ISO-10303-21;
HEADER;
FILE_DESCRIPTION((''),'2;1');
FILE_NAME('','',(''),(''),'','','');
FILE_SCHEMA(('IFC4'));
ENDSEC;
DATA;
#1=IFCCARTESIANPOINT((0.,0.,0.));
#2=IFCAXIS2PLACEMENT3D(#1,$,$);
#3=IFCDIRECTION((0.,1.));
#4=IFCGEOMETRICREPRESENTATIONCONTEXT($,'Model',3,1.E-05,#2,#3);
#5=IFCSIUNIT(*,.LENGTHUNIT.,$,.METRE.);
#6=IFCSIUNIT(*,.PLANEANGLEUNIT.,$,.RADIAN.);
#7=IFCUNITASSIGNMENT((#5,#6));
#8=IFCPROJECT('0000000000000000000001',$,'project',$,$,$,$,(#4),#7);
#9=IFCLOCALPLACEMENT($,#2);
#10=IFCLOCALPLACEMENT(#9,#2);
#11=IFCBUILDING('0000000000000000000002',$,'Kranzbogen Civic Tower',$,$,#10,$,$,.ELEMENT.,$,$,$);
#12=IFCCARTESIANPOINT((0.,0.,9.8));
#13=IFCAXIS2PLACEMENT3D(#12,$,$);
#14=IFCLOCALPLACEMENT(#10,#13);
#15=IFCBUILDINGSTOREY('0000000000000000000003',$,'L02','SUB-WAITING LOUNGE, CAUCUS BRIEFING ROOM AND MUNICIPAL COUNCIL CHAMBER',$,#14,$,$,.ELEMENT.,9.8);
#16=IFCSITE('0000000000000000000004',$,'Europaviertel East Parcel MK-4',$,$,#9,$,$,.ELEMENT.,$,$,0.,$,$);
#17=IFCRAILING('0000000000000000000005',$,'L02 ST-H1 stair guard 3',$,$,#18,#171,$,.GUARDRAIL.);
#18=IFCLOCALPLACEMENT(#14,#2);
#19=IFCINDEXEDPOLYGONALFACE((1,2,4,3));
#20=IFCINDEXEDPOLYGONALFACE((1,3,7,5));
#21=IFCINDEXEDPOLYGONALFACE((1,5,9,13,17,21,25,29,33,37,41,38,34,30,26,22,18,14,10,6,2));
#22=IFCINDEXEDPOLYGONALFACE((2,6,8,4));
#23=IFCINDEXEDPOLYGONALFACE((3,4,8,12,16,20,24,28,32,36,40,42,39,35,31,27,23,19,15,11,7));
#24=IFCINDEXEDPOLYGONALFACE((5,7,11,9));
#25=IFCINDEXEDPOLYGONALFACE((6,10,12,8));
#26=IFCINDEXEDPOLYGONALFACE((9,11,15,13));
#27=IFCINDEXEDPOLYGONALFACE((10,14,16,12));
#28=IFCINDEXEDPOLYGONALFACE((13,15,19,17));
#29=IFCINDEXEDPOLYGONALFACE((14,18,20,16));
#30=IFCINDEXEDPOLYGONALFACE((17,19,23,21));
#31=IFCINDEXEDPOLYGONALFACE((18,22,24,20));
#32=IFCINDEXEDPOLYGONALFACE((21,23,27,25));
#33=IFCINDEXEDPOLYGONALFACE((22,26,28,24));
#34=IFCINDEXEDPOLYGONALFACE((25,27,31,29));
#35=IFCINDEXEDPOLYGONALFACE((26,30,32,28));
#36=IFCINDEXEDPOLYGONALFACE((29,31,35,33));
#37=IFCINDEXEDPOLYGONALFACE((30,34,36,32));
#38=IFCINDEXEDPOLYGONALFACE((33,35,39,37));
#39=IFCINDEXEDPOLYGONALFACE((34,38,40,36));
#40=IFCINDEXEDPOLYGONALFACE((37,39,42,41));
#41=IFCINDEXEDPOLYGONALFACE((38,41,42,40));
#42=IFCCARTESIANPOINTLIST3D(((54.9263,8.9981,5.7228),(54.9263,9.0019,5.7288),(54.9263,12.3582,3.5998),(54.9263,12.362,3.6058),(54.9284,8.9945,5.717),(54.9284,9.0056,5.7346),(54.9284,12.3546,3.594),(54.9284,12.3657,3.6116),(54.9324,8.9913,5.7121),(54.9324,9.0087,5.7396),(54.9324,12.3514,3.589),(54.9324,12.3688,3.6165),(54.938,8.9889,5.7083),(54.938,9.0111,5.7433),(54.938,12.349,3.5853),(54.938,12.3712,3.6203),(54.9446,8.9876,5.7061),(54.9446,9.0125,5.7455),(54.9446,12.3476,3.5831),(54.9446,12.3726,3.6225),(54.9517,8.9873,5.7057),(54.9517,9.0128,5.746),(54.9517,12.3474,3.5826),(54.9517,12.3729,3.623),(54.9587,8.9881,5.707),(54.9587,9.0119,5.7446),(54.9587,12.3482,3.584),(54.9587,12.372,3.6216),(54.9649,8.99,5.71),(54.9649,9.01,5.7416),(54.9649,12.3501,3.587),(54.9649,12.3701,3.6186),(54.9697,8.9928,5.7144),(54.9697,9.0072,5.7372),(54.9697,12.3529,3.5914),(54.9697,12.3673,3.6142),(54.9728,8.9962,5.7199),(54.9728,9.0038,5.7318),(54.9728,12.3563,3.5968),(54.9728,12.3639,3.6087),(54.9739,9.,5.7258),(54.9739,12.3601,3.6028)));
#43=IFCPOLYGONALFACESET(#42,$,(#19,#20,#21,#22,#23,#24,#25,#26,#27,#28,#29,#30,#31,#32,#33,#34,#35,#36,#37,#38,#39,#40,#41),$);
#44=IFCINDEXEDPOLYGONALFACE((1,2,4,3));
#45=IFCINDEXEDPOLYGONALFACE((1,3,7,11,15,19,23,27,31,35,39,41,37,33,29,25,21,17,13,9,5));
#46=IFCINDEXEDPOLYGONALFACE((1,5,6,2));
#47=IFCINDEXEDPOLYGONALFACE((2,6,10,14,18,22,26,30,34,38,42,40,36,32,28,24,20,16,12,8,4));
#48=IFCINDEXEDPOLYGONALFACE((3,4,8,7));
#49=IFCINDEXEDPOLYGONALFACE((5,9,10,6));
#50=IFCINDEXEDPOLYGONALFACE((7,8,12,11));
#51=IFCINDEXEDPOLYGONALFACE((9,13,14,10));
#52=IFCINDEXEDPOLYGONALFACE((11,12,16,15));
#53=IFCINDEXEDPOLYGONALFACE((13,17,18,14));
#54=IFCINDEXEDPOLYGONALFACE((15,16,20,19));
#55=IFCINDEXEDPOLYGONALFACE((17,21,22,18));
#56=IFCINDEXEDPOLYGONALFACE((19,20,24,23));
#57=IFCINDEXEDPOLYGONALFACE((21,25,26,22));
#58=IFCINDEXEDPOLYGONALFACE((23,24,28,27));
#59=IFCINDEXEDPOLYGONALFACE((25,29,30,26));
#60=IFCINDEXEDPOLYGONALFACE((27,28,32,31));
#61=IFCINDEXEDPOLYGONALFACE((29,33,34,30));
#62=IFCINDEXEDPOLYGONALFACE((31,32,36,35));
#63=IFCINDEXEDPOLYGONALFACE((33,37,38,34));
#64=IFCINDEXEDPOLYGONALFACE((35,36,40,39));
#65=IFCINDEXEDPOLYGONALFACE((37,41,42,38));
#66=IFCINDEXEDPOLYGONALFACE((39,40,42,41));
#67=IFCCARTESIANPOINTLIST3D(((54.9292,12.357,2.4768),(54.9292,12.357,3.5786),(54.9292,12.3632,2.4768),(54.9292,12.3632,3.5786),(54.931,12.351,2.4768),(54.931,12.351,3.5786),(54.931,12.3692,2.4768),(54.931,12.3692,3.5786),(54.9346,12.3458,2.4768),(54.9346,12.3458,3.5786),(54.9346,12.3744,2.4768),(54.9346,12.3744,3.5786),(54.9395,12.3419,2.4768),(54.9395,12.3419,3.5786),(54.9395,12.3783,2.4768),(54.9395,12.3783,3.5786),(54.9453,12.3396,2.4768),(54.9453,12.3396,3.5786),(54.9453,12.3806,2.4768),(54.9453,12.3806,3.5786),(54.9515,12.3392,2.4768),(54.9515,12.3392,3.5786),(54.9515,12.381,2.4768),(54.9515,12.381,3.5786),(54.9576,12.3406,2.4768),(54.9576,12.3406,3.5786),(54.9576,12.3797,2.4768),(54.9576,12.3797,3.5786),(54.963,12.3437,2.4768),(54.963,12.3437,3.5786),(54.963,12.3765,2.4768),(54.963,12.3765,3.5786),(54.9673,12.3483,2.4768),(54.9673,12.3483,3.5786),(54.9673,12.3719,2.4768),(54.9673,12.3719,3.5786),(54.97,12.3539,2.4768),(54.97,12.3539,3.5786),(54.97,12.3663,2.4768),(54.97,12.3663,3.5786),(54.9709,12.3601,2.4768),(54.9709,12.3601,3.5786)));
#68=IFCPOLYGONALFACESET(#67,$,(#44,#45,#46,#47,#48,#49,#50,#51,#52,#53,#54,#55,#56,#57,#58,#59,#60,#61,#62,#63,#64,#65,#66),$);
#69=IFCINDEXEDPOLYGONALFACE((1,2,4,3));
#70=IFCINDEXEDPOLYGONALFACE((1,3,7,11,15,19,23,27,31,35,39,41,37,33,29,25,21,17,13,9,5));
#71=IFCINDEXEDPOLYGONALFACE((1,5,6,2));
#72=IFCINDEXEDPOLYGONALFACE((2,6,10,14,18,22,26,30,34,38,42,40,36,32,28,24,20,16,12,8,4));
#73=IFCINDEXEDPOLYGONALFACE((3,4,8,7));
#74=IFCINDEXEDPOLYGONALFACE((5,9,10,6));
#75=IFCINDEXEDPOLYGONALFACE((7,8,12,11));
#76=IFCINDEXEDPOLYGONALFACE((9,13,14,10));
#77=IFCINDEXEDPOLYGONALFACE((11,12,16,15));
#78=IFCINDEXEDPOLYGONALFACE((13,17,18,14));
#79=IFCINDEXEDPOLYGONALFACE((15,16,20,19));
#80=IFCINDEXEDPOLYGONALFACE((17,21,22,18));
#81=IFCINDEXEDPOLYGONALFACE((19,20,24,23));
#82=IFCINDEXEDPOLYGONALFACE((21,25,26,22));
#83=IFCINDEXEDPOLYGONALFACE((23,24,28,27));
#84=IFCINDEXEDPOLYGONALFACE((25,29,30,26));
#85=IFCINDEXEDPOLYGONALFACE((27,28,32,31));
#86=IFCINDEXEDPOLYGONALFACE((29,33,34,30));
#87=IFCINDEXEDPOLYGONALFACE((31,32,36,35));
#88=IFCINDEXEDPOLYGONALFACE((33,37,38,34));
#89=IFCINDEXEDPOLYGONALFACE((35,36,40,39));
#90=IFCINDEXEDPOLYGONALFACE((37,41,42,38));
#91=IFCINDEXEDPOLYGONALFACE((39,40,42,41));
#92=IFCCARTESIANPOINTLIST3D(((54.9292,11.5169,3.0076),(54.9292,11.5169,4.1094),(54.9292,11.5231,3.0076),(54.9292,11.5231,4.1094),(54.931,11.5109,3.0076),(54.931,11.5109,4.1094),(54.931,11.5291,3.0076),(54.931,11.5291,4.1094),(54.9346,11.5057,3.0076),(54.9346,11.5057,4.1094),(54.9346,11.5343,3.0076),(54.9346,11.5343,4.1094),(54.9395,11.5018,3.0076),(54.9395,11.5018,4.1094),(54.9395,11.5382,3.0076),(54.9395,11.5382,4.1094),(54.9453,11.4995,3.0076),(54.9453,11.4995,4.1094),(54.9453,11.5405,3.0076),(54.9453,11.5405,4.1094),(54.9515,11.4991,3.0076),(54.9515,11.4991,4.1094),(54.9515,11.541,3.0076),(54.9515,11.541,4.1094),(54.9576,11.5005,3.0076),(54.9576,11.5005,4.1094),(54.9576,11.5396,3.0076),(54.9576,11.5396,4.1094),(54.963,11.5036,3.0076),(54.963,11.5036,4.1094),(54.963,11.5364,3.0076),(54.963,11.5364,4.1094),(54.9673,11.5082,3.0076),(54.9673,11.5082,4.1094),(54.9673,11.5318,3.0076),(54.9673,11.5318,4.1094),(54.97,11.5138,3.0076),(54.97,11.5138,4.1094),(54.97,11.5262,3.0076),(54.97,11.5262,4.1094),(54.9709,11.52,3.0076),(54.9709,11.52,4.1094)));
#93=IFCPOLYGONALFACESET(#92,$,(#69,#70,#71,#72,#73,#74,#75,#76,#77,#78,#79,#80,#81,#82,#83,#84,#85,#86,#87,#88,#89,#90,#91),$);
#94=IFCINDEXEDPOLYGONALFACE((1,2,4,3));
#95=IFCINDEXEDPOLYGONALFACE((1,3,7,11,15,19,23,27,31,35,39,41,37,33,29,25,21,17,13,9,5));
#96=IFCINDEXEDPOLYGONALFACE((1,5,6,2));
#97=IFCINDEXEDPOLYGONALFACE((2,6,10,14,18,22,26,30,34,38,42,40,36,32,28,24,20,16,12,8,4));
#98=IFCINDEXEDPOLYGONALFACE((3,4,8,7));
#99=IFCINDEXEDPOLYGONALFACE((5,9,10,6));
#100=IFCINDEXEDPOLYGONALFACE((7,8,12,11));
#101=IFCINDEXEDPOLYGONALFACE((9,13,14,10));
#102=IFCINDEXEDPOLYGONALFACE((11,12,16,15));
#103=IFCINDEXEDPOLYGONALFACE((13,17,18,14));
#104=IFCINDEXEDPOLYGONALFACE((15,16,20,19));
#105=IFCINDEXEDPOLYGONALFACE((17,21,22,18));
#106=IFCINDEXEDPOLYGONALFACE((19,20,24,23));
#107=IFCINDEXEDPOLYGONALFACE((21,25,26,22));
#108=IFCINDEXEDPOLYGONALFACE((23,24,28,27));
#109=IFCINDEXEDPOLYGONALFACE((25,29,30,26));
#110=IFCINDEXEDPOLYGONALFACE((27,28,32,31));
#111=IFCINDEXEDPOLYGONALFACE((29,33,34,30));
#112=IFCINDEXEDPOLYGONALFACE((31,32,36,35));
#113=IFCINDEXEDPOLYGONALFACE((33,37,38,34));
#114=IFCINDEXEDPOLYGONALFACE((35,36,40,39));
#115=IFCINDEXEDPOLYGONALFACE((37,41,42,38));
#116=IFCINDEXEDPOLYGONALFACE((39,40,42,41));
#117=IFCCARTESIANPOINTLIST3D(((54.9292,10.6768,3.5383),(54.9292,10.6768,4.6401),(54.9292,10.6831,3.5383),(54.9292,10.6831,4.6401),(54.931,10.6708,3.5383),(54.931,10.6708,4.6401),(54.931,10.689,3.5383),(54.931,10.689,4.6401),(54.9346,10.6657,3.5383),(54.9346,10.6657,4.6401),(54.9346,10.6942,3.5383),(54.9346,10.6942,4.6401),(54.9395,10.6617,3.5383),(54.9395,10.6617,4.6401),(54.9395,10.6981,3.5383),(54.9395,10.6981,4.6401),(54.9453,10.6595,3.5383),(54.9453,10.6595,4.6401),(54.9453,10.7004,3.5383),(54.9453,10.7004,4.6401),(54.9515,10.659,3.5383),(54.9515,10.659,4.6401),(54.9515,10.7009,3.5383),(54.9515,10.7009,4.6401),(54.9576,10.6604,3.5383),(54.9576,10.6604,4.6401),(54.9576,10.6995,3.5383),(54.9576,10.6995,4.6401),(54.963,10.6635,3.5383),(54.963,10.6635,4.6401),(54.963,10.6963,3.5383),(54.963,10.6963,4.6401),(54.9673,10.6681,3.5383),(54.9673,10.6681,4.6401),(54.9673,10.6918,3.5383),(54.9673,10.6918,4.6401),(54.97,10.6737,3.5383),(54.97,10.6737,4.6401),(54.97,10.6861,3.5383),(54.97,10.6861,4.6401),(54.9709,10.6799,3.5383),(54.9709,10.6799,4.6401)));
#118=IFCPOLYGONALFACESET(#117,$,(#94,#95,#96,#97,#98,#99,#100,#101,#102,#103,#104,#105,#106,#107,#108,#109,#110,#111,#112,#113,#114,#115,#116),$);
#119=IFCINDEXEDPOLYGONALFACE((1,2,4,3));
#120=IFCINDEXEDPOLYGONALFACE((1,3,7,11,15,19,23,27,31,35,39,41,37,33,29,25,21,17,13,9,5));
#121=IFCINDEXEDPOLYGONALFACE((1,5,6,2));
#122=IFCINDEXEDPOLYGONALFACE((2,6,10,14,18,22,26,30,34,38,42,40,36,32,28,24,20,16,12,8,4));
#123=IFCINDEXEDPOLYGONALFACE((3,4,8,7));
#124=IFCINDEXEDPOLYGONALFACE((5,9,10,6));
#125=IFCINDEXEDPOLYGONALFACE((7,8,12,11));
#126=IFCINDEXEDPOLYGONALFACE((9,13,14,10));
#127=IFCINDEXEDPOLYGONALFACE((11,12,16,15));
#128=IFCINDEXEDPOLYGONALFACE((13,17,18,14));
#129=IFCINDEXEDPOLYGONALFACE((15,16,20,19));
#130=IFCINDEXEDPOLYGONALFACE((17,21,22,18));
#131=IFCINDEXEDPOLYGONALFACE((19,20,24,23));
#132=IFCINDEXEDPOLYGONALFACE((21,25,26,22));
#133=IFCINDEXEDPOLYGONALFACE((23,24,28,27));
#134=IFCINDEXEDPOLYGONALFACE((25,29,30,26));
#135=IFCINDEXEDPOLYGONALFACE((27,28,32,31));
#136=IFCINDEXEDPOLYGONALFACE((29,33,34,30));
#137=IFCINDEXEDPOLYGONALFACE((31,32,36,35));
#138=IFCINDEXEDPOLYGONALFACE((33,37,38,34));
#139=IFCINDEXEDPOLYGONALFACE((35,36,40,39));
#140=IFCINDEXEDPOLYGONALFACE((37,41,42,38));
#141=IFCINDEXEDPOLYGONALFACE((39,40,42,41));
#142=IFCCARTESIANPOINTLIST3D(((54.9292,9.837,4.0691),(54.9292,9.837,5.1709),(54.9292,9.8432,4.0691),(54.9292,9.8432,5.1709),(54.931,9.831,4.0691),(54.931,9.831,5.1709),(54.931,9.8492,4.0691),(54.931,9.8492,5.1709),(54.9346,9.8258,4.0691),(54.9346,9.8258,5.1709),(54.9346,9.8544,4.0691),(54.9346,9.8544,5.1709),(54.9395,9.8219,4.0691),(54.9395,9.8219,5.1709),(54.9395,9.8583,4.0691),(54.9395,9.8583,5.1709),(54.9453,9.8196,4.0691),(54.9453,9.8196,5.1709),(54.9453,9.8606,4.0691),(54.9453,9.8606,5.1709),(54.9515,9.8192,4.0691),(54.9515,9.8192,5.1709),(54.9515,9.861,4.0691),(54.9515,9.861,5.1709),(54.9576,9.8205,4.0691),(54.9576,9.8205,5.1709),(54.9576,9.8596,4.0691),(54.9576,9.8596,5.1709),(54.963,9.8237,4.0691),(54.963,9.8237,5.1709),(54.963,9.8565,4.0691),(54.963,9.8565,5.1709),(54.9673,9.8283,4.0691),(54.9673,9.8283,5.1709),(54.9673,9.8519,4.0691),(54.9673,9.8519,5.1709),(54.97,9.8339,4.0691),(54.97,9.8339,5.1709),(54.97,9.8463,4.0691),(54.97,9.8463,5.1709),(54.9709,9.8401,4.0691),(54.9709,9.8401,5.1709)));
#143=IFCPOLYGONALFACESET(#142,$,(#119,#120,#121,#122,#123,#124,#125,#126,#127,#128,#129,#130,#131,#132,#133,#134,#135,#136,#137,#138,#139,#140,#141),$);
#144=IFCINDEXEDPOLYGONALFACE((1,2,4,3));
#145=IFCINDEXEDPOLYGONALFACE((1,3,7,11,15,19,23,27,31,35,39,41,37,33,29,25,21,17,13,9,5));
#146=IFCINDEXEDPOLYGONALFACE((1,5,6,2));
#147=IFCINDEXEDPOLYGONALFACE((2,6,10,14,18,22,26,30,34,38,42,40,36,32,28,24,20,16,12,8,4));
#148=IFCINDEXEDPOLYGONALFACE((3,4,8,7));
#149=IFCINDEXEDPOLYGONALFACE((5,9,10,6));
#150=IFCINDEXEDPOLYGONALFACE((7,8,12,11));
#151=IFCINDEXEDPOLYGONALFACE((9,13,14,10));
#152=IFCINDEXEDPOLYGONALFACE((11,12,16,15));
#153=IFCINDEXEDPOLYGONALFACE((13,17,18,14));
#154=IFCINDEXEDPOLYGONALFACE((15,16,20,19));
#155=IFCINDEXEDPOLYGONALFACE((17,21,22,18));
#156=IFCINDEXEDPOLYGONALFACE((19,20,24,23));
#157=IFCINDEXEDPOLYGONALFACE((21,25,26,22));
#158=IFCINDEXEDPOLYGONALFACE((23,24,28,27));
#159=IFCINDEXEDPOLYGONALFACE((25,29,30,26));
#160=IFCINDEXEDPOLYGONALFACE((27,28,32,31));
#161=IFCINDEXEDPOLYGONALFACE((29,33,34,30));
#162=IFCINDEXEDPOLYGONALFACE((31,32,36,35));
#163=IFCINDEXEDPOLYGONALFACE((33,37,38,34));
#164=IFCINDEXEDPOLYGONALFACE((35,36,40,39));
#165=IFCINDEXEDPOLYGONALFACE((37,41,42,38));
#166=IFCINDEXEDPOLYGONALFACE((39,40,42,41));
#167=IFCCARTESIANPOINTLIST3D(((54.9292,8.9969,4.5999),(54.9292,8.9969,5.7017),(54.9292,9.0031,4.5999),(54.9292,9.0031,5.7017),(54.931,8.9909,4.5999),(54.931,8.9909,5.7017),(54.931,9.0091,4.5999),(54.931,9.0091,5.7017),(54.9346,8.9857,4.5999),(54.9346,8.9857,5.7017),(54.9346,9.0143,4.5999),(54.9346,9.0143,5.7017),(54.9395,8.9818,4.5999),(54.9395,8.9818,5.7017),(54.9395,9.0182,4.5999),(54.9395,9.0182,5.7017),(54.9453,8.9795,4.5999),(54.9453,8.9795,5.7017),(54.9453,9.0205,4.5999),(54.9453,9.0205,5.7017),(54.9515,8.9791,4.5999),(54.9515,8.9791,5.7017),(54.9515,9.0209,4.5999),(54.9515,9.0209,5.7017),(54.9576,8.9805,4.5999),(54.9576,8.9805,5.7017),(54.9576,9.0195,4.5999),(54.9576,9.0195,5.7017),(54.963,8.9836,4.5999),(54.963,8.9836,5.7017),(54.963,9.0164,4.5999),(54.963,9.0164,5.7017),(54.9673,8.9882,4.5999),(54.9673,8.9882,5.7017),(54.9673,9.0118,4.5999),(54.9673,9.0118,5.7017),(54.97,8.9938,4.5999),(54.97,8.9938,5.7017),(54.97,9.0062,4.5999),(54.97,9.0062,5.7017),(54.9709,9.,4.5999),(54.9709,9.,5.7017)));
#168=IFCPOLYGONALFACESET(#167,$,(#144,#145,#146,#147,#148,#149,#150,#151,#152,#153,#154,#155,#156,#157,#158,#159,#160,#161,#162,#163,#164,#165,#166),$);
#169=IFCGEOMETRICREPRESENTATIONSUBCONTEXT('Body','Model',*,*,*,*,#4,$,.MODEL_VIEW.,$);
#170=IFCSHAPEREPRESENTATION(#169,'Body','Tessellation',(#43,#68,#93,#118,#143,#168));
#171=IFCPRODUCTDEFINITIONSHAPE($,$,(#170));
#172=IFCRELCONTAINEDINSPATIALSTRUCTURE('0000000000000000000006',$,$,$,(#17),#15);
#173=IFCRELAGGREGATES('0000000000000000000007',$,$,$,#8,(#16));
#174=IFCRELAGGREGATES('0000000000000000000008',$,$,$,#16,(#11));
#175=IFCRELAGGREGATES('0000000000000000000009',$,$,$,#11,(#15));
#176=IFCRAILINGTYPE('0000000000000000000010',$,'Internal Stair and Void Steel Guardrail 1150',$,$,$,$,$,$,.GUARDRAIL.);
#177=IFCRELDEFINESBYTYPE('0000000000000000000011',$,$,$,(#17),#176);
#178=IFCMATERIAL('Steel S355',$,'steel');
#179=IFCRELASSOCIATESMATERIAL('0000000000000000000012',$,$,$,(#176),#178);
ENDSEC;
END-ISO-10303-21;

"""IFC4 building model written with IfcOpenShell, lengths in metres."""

from ifc_helpers import new_model, si_unit, direction, frame, origin, origin_2d, place, context, subcontext, project, spatial, circle, extrude, material, type_object, element, save


model = new_model("IFC4")

# Units and contexts
model_context = context("Model", 3, precision=1e-05, world=origin(), true_north=direction((0.0, 1.0)))
body_context = subcontext(model_context, "Body", "Model", "MODEL_VIEW")
ifc_project = project(units=[si_unit("LENGTHUNIT", "METRE"), si_unit("PLANEANGLEUNIT", "RADIAN")], contexts=[model_context])

# Site, building, storey
site_placement = place(None, origin())
site = spatial("IfcSite", under=ifc_project, at=site_placement, Name="Europaviertel East Parcel MK-4", CompositionType="ELEMENT", RefElevation=0.0)
building_placement = place(site_placement, origin())
building = spatial("IfcBuilding", under=site, at=building_placement, Name="Kranzbogen Civic Tower", CompositionType="ELEMENT")
storey_placement = place(building_placement, frame((0.0, 0.0, 9.8)))
storey = spatial("IfcBuildingStorey", under=building, at=storey_placement, Name="L02", Description="SUB-WAITING LOUNGE, CAUCUS BRIEFING ROOM AND MUNICIPAL COUNCIL CHAMBER", CompositionType="ELEMENT", Elevation=9.8)

# Shared definitions
ifc_material_1 = material(Name="Steel S355", Category="steel")

# Railing
railing_type_1 = type_object("IfcRailingType", Name="Internal Stair and Void Steel Guardrail 1150", PredefinedType="GUARDRAIL", material=ifc_material_1)
railing_1_placement = place(storey_placement, frame((54.95, 12.3601, 2.4768)))
element("IfcRailing", 1, at=railing_1_placement, inside=storey, type_object=railing_type_1, Name="L02 ST-H1 stair guard 3", PredefinedType="GUARDRAIL", context=body_context, shape_type="SweptSolid", body=[
    extrude(circle(Radius=0.0239, at=origin_2d()), frame((0.0, 0.0, 1.126), z_axis=(0.0, -0.84539, 0.53415), x_axis=(1.0, 0.0, 0.0)), (0.0, 0.0, 1.0), 3.9746),
    extrude(circle(Radius=0.021, at=origin_2d()), origin(), (0.0, 0.0, 1.0), 1.1018),
    extrude(circle(Radius=0.021, at=origin_2d()), frame((0.0, -0.8401, 0.5308)), (0.0, 0.0, 1.0), 1.1018),
    extrude(circle(Radius=0.021, at=origin_2d()), frame((0.0, -1.6802, 1.0615)), (0.0, 0.0, 1.0), 1.1018),
    extrude(circle(Radius=0.021, at=origin_2d()), frame((0.0, -2.52, 1.5923)), (0.0, 0.0, 1.0), 1.1018),
    extrude(circle(Radius=0.021, at=origin_2d()), frame((0.0, -3.3601, 2.123)), (0.0, 0.0, 1.0), 1.1018),
])

save(model, "model.ifc")
